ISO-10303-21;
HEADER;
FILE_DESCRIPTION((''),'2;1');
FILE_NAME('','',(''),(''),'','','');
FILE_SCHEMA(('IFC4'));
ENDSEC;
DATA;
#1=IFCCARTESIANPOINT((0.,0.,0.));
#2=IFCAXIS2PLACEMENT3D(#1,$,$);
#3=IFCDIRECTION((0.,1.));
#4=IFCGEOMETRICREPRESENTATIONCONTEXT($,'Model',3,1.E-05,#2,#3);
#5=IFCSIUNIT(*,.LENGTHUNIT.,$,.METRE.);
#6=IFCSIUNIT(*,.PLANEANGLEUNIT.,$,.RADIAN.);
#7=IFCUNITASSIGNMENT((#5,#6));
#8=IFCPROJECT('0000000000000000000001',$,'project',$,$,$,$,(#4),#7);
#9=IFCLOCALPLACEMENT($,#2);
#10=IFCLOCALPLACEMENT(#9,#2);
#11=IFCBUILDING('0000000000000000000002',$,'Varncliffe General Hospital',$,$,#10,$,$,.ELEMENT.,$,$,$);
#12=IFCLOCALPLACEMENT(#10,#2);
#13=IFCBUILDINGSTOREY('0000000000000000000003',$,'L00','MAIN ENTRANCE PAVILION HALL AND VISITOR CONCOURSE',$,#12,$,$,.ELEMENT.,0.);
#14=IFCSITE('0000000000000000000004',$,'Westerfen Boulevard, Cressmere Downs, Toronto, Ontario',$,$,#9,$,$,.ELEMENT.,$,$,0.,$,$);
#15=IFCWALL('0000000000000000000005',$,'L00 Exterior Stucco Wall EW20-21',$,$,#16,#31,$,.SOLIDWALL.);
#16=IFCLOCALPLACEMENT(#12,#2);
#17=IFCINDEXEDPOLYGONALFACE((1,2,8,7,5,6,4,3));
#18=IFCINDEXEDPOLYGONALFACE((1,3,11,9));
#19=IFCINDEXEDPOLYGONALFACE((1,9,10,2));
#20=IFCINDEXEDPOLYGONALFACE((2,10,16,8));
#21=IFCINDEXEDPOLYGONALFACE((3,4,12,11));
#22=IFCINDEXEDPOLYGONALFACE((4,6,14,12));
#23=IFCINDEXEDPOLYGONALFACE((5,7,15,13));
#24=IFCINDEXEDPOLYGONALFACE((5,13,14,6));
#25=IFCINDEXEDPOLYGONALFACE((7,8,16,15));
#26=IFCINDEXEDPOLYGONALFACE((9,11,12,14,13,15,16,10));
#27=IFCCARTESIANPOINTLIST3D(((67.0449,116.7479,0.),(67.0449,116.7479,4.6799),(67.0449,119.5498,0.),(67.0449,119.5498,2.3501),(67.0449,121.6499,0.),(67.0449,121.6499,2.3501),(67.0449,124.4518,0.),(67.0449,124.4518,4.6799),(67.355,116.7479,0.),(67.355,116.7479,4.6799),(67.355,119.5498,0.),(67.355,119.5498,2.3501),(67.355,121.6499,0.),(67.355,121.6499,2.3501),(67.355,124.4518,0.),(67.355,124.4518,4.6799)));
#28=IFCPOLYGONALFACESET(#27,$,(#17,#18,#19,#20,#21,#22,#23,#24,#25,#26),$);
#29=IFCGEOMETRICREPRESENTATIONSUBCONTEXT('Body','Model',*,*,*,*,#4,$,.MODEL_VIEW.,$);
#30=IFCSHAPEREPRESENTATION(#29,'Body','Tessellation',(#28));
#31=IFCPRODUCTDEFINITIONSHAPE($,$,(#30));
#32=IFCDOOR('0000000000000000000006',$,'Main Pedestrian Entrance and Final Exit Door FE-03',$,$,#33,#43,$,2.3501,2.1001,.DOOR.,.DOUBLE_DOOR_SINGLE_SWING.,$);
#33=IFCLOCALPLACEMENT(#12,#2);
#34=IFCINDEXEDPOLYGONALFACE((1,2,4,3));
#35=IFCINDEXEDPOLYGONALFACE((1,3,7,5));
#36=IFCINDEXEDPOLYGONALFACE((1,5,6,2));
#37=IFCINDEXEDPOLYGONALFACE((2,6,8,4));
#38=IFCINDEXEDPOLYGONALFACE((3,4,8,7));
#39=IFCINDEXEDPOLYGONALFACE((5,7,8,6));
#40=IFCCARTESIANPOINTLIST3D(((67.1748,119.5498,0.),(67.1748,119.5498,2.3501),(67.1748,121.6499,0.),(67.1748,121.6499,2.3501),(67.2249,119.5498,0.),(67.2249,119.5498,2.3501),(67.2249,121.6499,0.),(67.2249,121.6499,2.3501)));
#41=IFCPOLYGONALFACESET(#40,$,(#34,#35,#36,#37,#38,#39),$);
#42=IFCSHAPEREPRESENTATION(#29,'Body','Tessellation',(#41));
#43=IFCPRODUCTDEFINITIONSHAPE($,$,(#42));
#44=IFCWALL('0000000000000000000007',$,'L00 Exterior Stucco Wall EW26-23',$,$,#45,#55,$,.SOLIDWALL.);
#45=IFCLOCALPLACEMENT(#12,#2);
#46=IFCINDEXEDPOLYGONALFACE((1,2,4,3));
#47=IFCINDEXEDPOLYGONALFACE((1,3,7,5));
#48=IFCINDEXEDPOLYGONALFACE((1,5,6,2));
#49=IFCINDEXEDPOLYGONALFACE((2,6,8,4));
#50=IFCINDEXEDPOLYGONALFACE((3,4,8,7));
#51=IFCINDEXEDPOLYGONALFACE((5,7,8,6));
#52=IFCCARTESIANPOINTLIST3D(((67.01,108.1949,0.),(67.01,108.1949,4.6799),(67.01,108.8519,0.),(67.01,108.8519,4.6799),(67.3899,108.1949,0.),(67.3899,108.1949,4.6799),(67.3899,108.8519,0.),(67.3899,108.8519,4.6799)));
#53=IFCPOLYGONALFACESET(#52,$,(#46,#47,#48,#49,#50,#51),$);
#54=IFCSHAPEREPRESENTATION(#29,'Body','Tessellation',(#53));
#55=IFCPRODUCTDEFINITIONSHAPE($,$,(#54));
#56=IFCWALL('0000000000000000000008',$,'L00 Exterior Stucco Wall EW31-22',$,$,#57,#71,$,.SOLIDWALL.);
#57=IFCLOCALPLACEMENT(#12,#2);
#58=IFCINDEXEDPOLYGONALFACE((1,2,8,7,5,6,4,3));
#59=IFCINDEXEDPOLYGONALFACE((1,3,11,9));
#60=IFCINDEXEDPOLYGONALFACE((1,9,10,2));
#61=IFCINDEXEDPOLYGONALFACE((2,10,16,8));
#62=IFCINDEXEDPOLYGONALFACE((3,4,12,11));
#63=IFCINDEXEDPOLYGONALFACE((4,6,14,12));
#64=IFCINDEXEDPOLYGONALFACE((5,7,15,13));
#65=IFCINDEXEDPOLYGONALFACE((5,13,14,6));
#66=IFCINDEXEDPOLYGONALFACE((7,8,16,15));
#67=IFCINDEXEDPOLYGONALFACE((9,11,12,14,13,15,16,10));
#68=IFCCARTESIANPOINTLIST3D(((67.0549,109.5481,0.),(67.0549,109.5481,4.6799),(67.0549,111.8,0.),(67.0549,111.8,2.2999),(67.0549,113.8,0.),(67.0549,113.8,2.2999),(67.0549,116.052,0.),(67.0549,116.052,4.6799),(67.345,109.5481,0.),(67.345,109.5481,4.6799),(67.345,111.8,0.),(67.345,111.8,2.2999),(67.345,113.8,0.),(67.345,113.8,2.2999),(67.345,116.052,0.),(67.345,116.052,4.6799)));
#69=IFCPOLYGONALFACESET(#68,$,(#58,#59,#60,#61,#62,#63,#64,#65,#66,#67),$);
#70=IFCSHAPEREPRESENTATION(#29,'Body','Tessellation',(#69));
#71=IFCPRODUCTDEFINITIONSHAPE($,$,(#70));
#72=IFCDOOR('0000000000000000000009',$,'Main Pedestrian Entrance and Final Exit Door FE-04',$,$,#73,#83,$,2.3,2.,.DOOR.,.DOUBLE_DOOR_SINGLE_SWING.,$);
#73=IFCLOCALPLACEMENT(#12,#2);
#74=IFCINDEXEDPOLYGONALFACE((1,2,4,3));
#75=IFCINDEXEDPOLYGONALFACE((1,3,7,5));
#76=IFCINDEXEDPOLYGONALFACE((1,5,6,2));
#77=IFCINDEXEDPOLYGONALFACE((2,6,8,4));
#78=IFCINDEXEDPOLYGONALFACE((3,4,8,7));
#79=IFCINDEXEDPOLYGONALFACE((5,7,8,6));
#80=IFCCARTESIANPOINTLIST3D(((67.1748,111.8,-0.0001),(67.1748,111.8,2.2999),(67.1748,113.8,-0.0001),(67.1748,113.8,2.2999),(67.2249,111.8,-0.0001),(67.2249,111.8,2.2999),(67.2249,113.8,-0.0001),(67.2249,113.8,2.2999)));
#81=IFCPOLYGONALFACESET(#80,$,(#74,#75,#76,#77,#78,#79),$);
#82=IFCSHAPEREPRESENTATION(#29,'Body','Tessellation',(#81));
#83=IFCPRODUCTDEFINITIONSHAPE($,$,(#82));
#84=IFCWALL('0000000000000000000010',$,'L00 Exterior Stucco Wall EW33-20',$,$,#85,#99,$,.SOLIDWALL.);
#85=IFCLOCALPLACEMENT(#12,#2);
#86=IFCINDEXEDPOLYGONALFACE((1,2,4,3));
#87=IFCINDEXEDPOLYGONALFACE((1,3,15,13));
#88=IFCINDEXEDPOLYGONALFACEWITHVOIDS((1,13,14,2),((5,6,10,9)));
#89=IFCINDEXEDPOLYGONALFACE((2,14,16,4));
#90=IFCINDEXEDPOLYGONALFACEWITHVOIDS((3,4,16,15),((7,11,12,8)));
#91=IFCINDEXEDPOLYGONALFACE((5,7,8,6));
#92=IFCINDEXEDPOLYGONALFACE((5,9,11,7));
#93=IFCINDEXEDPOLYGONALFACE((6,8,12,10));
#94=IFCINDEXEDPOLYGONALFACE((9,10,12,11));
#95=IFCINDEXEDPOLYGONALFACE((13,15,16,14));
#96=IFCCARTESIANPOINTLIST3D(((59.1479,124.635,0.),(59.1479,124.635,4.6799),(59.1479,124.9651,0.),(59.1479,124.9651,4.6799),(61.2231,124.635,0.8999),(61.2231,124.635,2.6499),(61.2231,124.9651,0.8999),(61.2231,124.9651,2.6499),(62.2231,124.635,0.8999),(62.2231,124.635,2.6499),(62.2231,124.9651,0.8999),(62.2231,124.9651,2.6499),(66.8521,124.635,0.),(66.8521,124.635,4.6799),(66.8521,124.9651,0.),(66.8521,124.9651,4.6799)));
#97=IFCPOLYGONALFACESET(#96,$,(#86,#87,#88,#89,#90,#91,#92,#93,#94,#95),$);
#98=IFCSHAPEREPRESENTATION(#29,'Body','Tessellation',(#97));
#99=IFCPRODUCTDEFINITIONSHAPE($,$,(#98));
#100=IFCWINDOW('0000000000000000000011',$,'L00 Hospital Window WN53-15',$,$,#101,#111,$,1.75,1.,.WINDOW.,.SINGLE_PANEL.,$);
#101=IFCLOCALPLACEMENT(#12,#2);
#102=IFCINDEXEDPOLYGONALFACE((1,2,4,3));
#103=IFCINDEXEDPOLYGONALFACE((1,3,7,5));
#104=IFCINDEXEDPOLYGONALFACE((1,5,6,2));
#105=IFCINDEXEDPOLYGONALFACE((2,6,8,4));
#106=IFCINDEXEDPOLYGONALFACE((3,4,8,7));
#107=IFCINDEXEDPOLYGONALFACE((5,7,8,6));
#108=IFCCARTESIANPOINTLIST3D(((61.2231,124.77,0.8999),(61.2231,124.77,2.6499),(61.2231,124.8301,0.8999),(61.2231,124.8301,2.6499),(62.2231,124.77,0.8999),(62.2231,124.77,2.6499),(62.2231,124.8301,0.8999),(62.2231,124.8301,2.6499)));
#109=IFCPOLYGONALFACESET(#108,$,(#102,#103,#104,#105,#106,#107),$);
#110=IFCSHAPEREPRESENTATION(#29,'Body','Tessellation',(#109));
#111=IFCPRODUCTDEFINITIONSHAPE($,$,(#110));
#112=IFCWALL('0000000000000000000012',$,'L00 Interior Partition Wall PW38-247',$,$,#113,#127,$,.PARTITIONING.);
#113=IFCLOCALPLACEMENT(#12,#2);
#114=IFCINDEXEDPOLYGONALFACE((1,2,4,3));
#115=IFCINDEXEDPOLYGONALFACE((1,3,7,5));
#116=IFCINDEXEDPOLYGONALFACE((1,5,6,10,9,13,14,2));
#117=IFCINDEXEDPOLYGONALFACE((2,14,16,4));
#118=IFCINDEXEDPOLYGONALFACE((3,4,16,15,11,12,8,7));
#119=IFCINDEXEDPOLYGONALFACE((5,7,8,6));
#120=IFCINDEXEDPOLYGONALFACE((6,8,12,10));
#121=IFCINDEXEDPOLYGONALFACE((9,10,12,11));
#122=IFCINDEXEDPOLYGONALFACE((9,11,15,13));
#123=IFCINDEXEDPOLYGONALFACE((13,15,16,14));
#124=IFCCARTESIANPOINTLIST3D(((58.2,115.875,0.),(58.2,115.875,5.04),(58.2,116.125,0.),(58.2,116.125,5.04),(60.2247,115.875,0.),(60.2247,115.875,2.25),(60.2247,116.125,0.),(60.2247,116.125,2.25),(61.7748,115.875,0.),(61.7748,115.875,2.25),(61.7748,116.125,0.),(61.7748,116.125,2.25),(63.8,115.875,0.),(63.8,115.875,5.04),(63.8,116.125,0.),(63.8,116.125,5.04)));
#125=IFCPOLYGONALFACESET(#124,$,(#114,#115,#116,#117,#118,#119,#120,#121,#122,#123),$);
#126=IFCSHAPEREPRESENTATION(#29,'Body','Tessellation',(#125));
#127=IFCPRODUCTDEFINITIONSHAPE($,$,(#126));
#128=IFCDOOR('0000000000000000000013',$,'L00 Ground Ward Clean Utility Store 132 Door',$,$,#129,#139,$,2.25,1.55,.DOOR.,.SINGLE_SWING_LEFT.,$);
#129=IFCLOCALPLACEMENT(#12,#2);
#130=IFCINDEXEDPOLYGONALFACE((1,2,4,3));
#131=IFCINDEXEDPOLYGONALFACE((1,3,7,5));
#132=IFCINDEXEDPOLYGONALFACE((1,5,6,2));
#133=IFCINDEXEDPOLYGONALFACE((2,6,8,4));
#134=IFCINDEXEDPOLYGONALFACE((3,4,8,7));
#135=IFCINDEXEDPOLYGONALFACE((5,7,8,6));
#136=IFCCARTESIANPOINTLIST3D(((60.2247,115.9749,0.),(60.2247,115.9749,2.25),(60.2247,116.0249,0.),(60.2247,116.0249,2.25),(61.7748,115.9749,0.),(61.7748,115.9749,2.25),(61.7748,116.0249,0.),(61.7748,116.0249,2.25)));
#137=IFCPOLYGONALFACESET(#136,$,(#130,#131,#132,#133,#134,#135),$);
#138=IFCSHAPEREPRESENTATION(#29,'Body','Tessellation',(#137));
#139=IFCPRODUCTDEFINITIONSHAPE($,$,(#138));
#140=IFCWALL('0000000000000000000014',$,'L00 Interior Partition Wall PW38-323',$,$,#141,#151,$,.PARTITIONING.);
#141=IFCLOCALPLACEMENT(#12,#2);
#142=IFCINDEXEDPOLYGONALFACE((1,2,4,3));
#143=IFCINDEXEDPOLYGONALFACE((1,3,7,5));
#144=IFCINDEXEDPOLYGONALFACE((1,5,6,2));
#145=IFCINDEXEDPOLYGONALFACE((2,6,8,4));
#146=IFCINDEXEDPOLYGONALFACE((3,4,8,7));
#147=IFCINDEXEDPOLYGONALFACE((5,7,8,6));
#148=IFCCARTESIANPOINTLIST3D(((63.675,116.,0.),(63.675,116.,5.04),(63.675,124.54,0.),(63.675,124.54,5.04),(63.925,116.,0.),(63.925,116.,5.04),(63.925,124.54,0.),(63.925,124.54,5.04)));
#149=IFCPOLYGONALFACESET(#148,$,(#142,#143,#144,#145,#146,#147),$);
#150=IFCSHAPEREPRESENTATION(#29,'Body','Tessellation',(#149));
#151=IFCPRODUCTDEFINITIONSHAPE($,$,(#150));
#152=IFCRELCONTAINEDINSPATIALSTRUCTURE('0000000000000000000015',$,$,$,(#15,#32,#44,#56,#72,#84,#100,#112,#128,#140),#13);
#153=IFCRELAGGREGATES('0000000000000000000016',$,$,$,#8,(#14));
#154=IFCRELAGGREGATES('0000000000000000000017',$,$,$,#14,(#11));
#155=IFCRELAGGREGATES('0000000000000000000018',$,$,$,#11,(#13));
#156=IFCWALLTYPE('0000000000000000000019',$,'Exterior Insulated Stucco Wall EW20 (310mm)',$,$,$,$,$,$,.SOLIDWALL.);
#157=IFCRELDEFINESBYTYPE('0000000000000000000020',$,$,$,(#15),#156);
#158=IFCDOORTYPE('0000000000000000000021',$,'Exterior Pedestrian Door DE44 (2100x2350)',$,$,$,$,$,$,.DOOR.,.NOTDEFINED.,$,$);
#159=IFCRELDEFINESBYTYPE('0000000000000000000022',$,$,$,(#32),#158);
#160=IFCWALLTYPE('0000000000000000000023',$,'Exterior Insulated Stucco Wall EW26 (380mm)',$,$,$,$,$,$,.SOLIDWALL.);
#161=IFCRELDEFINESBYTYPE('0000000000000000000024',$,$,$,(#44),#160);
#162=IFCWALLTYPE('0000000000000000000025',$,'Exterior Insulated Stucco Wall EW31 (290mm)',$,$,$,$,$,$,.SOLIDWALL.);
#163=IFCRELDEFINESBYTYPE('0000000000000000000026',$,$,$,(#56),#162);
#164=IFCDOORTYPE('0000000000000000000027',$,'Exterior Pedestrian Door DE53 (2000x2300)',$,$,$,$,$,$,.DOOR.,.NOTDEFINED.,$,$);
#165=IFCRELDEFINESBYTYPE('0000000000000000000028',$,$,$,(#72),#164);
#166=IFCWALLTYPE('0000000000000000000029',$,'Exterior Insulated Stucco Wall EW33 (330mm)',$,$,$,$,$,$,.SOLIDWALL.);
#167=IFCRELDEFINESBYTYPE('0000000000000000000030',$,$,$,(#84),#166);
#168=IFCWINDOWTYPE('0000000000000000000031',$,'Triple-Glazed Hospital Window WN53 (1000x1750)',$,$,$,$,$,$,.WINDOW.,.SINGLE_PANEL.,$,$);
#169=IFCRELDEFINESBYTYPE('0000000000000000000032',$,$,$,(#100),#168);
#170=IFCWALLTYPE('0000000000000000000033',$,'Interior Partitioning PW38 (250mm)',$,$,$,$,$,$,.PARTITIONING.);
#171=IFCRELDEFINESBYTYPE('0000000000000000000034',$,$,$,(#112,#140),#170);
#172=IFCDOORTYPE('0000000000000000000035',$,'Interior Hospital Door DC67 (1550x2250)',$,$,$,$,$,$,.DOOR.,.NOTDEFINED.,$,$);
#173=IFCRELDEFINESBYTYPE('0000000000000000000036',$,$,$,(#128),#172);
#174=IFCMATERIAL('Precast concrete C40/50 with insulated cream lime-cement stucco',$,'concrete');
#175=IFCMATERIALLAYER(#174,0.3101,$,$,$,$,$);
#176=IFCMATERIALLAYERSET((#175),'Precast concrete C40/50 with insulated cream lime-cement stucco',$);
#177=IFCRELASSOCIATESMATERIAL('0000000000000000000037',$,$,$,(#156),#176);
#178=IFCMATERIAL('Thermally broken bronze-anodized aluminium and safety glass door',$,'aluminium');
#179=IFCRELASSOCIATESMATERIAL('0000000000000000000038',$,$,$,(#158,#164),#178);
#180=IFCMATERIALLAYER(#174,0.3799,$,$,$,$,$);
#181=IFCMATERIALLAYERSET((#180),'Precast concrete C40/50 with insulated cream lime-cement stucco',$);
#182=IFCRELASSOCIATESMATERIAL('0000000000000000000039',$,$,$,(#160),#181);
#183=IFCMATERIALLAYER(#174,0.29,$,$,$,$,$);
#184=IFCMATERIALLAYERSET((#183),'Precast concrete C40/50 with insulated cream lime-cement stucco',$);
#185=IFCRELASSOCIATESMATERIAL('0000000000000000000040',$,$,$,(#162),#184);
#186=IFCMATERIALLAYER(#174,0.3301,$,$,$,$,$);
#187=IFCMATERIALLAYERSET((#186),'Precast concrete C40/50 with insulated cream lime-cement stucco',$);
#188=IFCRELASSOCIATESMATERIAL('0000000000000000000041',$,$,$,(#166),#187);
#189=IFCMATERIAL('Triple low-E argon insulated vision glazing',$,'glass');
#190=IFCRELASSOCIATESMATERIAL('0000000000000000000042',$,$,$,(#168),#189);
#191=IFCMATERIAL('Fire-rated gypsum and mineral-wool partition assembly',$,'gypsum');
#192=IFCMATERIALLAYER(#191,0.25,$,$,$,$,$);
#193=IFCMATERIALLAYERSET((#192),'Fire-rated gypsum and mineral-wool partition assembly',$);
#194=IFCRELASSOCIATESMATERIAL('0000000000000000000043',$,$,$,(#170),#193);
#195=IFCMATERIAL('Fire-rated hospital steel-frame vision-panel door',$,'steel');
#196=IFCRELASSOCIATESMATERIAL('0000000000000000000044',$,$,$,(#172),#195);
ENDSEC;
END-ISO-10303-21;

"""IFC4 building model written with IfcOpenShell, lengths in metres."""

from ifc_helpers import new_model, si_unit, direction, frame, frame_2d, origin, place, context, subcontext, project, spatial, rectangle, extrude, material, layer, layer_set, type_object, element, fill, save


model = new_model("IFC4")

# Units and contexts
model_context = context("Model", 3, precision=1e-05, world=origin(), true_north=direction((0.0, 1.0)))
body_context = subcontext(model_context, "Body", "Model", "MODEL_VIEW")
ifc_project = project(units=[si_unit("LENGTHUNIT", "METRE"), si_unit("PLANEANGLEUNIT", "RADIAN")], contexts=[model_context])

# Site, building, storey
site_placement = place(None, origin())
site = spatial("IfcSite", under=ifc_project, at=site_placement, Name="Westerfen Boulevard, Cressmere Downs, Toronto, Ontario", CompositionType="ELEMENT", RefElevation=0.0)
building_placement = place(site_placement, origin())
building = spatial("IfcBuilding", under=site, at=building_placement, Name="Varncliffe General Hospital", CompositionType="ELEMENT")
storey_placement = place(building_placement, origin())
storey = spatial("IfcBuildingStorey", under=building, at=storey_placement, Name="L00", Description="MAIN ENTRANCE PAVILION HALL AND VISITOR CONCOURSE", CompositionType="ELEMENT", Elevation=0.0)

# Wall, opening, door
ifc_material_1 = material(Name="Precast concrete C40/50 with insulated cream lime-cement stucco", Category="concrete")
ifc_layer_1 = layer(ifc_material_1, 0.3101)
ifc_layer_set_1 = layer_set([ifc_layer_1], Name="Precast concrete C40/50 with insulated cream lime-cement stucco")
wall_type_1 = type_object("IfcWallType", Name="Exterior Insulated Stucco Wall EW20 (310mm)", PredefinedType="SOLIDWALL", material=ifc_layer_set_1)
wall_1_placement = place(storey_placement, frame((67.2, 124.4519, 0.0), z_axis=(0.0, 0.0, 1.0), x_axis=(0.0, -1.0, 0.0)))
wall_1 = element("IfcWall", 1, at=wall_1_placement, inside=storey, type_object=wall_type_1, Name="L00 Exterior Stucco Wall EW20-21", PredefinedType="SOLIDWALL", context=body_context, shape_type="SweptSolid", body=[
    extrude(rectangle(XDim=7.7039, YDim=0.3101, at=frame_2d((3.8521, 0.0))), origin(), (0.0, 0.0, 1.0), 4.6799),
])
opening_1_placement = place(wall_1_placement, frame((2.802, 0.0, 0.0)))
opening_1 = element("IfcOpeningElement", 2, at=opening_1_placement, cuts=wall_1, PredefinedType="OPENING", context=body_context, shape_type="SweptSolid", body=[
    extrude(rectangle(XDim=2.1001, YDim=2.3501, at=frame_2d((1.05, 1.175))), frame((0.0, 0.165, 0.0), z_axis=(0.0, -1.0, 0.0), x_axis=(1.0, 0.0, 0.0)), (0.0, 0.0, 1.0), 0.3301),
])
ifc_material_2 = material(Name="Thermally broken bronze-anodized aluminium and safety glass door", Category="aluminium")
door_type_1 = type_object("IfcDoorType", Name="Exterior Pedestrian Door DE44 (2100x2350)", OperationType="NOTDEFINED", PredefinedType="DOOR", material=ifc_material_2)
door_1_placement = place(opening_1_placement, origin())
door_1 = element("IfcDoor", 3, at=door_1_placement, inside=storey, type_object=door_type_1, Name="Main Pedestrian Entrance and Final Exit Door FE-03", OperationType="DOUBLE_DOOR_SINGLE_SWING", OverallHeight=2.3501, OverallWidth=2.1001, PredefinedType="DOOR", context=body_context, shape_type="SweptSolid", body=[
    extrude(rectangle(XDim=2.1001, YDim=2.3501, at=frame_2d((1.05, 1.175))), frame((0.0, 0.0249, 0.0), z_axis=(0.0, -1.0, 0.0), x_axis=(1.0, 0.0, 0.0)), (0.0, 0.0, 1.0), 0.05),
])
fill(opening_1, door_1)

# Wall
ifc_layer_2 = layer(ifc_material_1, 0.3799)
ifc_layer_set_2 = layer_set([ifc_layer_2], Name="Precast concrete C40/50 with insulated cream lime-cement stucco")
wall_type_2 = type_object("IfcWallType", Name="Exterior Insulated Stucco Wall EW26 (380mm)", PredefinedType="SOLIDWALL", material=ifc_layer_set_2)
wall_2_placement = place(storey_placement, frame((67.2, 108.8521, 0.0), z_axis=(0.0, 0.0, 1.0), x_axis=(0.0, -1.0, 0.0)))
element("IfcWall", 4, at=wall_2_placement, inside=storey, type_object=wall_type_2, Name="L00 Exterior Stucco Wall EW26-23", PredefinedType="SOLIDWALL", context=body_context, shape_type="SweptSolid", body=[
    extrude(rectangle(XDim=0.657, YDim=0.3799, at=frame_2d((0.3286, 0.0))), origin(), (0.0, 0.0, 1.0), 4.6799),
])

# Wall, opening, door
ifc_layer_3 = layer(ifc_material_1, 0.29)
ifc_layer_set_3 = layer_set([ifc_layer_3], Name="Precast concrete C40/50 with insulated cream lime-cement stucco")
wall_type_3 = type_object("IfcWallType", Name="Exterior Insulated Stucco Wall EW31 (290mm)", PredefinedType="SOLIDWALL", material=ifc_layer_set_3)
wall_3_placement = place(storey_placement, frame((67.2, 116.052, 0.0), z_axis=(0.0, 0.0, 1.0), x_axis=(0.0, -1.0, 0.0)))
wall_3 = element("IfcWall", 5, at=wall_3_placement, inside=storey, type_object=wall_type_3, Name="L00 Exterior Stucco Wall EW31-22", PredefinedType="SOLIDWALL", context=body_context, shape_type="SweptSolid", body=[
    extrude(rectangle(XDim=6.5039, YDim=0.29, at=frame_2d((3.252, 0.0))), origin(), (0.0, 0.0, 1.0), 4.6799),
])
opening_2_placement = place(wall_3_placement, frame((2.252, 0.0, 0.0)))
opening_2 = element("IfcOpeningElement", 6, at=opening_2_placement, cuts=wall_3, PredefinedType="OPENING", context=body_context, shape_type="SweptSolid", body=[
    extrude(rectangle(XDim=2.0, YDim=2.3, at=frame_2d((1.0, 1.1499))), frame((0.0, 0.155, 0.0), z_axis=(0.0, -1.0, 0.0), x_axis=(1.0, 0.0, 0.0)), (0.0, 0.0, 1.0), 0.3101),
])
door_type_2 = type_object("IfcDoorType", Name="Exterior Pedestrian Door DE53 (2000x2300)", OperationType="NOTDEFINED", PredefinedType="DOOR", material=ifc_material_2)
door_2_placement = place(opening_2_placement, origin())
door_2 = element("IfcDoor", 7, at=door_2_placement, inside=storey, type_object=door_type_2, Name="Main Pedestrian Entrance and Final Exit Door FE-04", OperationType="DOUBLE_DOOR_SINGLE_SWING", OverallHeight=2.3, OverallWidth=2.0, PredefinedType="DOOR", context=body_context, shape_type="SweptSolid", body=[
    extrude(rectangle(XDim=2.0, YDim=2.3, at=frame_2d((1.0, 1.1499))), frame((0.0, 0.0249, 0.0), z_axis=(0.0, -1.0, 0.0), x_axis=(1.0, 0.0, 0.0)), (0.0, 0.0, 1.0), 0.05),
])
fill(opening_2, door_2)

# Wall, opening, window
ifc_layer_4 = layer(ifc_material_1, 0.3301)
ifc_layer_set_4 = layer_set([ifc_layer_4], Name="Precast concrete C40/50 with insulated cream lime-cement stucco")
wall_type_4 = type_object("IfcWallType", Name="Exterior Insulated Stucco Wall EW33 (330mm)", PredefinedType="SOLIDWALL", material=ifc_layer_set_4)
wall_4_placement = place(storey_placement, frame((59.1479, 124.8, 0.0), z_axis=(0.0, 0.0, 1.0), x_axis=(1.0, 0.0, 0.0)))
wall_4 = element("IfcWall", 8, at=wall_4_placement, inside=storey, type_object=wall_type_4, Name="L00 Exterior Stucco Wall EW33-20", PredefinedType="SOLIDWALL", context=body_context, shape_type="SweptSolid", body=[
    extrude(rectangle(XDim=7.7041, YDim=0.3301, at=frame_2d((3.8521, 0.0))), origin(), (0.0, 0.0, 1.0), 4.6799),
])
opening_3_placement = place(wall_4_placement, frame((2.0752, 0.0, 0.8999)))
opening_3 = element("IfcOpeningElement", 9, at=opening_3_placement, cuts=wall_4, PredefinedType="OPENING", context=body_context, shape_type="SweptSolid", body=[
    extrude(rectangle(XDim=1.0, YDim=1.75, at=frame_2d((0.5, 0.875))), frame((0.0, 0.175, 0.0), z_axis=(0.0, -1.0, 0.0), x_axis=(1.0, 0.0, 0.0)), (0.0, 0.0, 1.0), 0.3501),
])
ifc_material_3 = material(Name="Triple low-E argon insulated vision glazing", Category="glass")
window_type = type_object("IfcWindowType", Name="Triple-Glazed Hospital Window WN53 (1000x1750)", PartitioningType="SINGLE_PANEL", PredefinedType="WINDOW", material=ifc_material_3)
window_placement = place(opening_3_placement, origin())
window = element("IfcWindow", 10, at=window_placement, inside=storey, type_object=window_type, Name="L00 Hospital Window WN53-15", OverallHeight=1.75, OverallWidth=1.0, PartitioningType="SINGLE_PANEL", PredefinedType="WINDOW", context=body_context, shape_type="SweptSolid", body=[
    extrude(rectangle(XDim=1.0, YDim=1.75, at=frame_2d((0.5, 0.875))), frame((0.0, 0.03, 0.0), z_axis=(0.0, -1.0, 0.0), x_axis=(1.0, 0.0, 0.0)), (0.0, 0.0, 1.0), 0.0601),
])
fill(opening_3, window)

# Wall, opening, door
ifc_material_4 = material(Name="Fire-rated gypsum and mineral-wool partition assembly", Category="gypsum")
ifc_layer_5 = layer(ifc_material_4, 0.25)
ifc_layer_set_5 = layer_set([ifc_layer_5], Name="Fire-rated gypsum and mineral-wool partition assembly")
wall_type_5 = type_object("IfcWallType", Name="Interior Partitioning PW38 (250mm)", PredefinedType="PARTITIONING", material=ifc_layer_set_5)
wall_5_placement = place(storey_placement, frame((58.2, 116.0, 0.0), z_axis=(0.0, 0.0, 1.0), x_axis=(1.0, 0.0, 0.0)))
wall_5 = element("IfcWall", 11, at=wall_5_placement, inside=storey, type_object=wall_type_5, Name="L00 Interior Partition Wall PW38-247", PredefinedType="PARTITIONING", context=body_context, shape_type="SweptSolid", body=[
    extrude(rectangle(XDim=5.6001, YDim=0.25, at=frame_2d((2.8, 0.0))), origin(), (0.0, 0.0, 1.0), 5.04),
])
opening_4_placement = place(wall_5_placement, frame((2.0249, 0.0, 0.0)))
opening_4 = element("IfcOpeningElement", 12, at=opening_4_placement, cuts=wall_5, PredefinedType="OPENING", context=body_context, shape_type="SweptSolid", body=[
    extrude(rectangle(XDim=1.55, YDim=2.25, at=frame_2d((0.7749, 1.125))), frame((0.0, 0.135, 0.0), z_axis=(0.0, -1.0, 0.0), x_axis=(1.0, 0.0, 0.0)), (0.0, 0.0, 1.0), 0.27),
])
ifc_material_5 = material(Name="Fire-rated hospital steel-frame vision-panel door", Category="steel")
door_type_3 = type_object("IfcDoorType", Name="Interior Hospital Door DC67 (1550x2250)", OperationType="NOTDEFINED", PredefinedType="DOOR", material=ifc_material_5)
door_3_placement = place(opening_4_placement, origin())
door_3 = element("IfcDoor", 13, at=door_3_placement, inside=storey, type_object=door_type_3, Name="L00 Ground Ward Clean Utility Store 132 Door", OperationType="SINGLE_SWING_LEFT", OverallHeight=2.25, OverallWidth=1.55, PredefinedType="DOOR", context=body_context, shape_type="SweptSolid", body=[
    extrude(rectangle(XDim=1.55, YDim=2.25, at=frame_2d((0.7749, 1.125))), frame((0.0, 0.0249, 0.0), z_axis=(0.0, -1.0, 0.0), x_axis=(1.0, 0.0, 0.0)), (0.0, 0.0, 1.0), 0.05),
])
fill(opening_4, door_3)

# Wall
wall_6_placement = place(storey_placement, frame((63.8, 116.0, 0.0), z_axis=(0.0, 0.0, 1.0), x_axis=(0.0, 1.0, 0.0)))
element("IfcWall", 14, at=wall_6_placement, inside=storey, type_object=wall_type_5, Name="L00 Interior Partition Wall PW38-323", PredefinedType="PARTITIONING", context=body_context, shape_type="SweptSolid", body=[
    extrude(rectangle(XDim=8.54, YDim=0.25, at=frame_2d((4.27, 0.0))), origin(), (0.0, 0.0, 1.0), 5.04),
])

save(model, "model.ifc")
